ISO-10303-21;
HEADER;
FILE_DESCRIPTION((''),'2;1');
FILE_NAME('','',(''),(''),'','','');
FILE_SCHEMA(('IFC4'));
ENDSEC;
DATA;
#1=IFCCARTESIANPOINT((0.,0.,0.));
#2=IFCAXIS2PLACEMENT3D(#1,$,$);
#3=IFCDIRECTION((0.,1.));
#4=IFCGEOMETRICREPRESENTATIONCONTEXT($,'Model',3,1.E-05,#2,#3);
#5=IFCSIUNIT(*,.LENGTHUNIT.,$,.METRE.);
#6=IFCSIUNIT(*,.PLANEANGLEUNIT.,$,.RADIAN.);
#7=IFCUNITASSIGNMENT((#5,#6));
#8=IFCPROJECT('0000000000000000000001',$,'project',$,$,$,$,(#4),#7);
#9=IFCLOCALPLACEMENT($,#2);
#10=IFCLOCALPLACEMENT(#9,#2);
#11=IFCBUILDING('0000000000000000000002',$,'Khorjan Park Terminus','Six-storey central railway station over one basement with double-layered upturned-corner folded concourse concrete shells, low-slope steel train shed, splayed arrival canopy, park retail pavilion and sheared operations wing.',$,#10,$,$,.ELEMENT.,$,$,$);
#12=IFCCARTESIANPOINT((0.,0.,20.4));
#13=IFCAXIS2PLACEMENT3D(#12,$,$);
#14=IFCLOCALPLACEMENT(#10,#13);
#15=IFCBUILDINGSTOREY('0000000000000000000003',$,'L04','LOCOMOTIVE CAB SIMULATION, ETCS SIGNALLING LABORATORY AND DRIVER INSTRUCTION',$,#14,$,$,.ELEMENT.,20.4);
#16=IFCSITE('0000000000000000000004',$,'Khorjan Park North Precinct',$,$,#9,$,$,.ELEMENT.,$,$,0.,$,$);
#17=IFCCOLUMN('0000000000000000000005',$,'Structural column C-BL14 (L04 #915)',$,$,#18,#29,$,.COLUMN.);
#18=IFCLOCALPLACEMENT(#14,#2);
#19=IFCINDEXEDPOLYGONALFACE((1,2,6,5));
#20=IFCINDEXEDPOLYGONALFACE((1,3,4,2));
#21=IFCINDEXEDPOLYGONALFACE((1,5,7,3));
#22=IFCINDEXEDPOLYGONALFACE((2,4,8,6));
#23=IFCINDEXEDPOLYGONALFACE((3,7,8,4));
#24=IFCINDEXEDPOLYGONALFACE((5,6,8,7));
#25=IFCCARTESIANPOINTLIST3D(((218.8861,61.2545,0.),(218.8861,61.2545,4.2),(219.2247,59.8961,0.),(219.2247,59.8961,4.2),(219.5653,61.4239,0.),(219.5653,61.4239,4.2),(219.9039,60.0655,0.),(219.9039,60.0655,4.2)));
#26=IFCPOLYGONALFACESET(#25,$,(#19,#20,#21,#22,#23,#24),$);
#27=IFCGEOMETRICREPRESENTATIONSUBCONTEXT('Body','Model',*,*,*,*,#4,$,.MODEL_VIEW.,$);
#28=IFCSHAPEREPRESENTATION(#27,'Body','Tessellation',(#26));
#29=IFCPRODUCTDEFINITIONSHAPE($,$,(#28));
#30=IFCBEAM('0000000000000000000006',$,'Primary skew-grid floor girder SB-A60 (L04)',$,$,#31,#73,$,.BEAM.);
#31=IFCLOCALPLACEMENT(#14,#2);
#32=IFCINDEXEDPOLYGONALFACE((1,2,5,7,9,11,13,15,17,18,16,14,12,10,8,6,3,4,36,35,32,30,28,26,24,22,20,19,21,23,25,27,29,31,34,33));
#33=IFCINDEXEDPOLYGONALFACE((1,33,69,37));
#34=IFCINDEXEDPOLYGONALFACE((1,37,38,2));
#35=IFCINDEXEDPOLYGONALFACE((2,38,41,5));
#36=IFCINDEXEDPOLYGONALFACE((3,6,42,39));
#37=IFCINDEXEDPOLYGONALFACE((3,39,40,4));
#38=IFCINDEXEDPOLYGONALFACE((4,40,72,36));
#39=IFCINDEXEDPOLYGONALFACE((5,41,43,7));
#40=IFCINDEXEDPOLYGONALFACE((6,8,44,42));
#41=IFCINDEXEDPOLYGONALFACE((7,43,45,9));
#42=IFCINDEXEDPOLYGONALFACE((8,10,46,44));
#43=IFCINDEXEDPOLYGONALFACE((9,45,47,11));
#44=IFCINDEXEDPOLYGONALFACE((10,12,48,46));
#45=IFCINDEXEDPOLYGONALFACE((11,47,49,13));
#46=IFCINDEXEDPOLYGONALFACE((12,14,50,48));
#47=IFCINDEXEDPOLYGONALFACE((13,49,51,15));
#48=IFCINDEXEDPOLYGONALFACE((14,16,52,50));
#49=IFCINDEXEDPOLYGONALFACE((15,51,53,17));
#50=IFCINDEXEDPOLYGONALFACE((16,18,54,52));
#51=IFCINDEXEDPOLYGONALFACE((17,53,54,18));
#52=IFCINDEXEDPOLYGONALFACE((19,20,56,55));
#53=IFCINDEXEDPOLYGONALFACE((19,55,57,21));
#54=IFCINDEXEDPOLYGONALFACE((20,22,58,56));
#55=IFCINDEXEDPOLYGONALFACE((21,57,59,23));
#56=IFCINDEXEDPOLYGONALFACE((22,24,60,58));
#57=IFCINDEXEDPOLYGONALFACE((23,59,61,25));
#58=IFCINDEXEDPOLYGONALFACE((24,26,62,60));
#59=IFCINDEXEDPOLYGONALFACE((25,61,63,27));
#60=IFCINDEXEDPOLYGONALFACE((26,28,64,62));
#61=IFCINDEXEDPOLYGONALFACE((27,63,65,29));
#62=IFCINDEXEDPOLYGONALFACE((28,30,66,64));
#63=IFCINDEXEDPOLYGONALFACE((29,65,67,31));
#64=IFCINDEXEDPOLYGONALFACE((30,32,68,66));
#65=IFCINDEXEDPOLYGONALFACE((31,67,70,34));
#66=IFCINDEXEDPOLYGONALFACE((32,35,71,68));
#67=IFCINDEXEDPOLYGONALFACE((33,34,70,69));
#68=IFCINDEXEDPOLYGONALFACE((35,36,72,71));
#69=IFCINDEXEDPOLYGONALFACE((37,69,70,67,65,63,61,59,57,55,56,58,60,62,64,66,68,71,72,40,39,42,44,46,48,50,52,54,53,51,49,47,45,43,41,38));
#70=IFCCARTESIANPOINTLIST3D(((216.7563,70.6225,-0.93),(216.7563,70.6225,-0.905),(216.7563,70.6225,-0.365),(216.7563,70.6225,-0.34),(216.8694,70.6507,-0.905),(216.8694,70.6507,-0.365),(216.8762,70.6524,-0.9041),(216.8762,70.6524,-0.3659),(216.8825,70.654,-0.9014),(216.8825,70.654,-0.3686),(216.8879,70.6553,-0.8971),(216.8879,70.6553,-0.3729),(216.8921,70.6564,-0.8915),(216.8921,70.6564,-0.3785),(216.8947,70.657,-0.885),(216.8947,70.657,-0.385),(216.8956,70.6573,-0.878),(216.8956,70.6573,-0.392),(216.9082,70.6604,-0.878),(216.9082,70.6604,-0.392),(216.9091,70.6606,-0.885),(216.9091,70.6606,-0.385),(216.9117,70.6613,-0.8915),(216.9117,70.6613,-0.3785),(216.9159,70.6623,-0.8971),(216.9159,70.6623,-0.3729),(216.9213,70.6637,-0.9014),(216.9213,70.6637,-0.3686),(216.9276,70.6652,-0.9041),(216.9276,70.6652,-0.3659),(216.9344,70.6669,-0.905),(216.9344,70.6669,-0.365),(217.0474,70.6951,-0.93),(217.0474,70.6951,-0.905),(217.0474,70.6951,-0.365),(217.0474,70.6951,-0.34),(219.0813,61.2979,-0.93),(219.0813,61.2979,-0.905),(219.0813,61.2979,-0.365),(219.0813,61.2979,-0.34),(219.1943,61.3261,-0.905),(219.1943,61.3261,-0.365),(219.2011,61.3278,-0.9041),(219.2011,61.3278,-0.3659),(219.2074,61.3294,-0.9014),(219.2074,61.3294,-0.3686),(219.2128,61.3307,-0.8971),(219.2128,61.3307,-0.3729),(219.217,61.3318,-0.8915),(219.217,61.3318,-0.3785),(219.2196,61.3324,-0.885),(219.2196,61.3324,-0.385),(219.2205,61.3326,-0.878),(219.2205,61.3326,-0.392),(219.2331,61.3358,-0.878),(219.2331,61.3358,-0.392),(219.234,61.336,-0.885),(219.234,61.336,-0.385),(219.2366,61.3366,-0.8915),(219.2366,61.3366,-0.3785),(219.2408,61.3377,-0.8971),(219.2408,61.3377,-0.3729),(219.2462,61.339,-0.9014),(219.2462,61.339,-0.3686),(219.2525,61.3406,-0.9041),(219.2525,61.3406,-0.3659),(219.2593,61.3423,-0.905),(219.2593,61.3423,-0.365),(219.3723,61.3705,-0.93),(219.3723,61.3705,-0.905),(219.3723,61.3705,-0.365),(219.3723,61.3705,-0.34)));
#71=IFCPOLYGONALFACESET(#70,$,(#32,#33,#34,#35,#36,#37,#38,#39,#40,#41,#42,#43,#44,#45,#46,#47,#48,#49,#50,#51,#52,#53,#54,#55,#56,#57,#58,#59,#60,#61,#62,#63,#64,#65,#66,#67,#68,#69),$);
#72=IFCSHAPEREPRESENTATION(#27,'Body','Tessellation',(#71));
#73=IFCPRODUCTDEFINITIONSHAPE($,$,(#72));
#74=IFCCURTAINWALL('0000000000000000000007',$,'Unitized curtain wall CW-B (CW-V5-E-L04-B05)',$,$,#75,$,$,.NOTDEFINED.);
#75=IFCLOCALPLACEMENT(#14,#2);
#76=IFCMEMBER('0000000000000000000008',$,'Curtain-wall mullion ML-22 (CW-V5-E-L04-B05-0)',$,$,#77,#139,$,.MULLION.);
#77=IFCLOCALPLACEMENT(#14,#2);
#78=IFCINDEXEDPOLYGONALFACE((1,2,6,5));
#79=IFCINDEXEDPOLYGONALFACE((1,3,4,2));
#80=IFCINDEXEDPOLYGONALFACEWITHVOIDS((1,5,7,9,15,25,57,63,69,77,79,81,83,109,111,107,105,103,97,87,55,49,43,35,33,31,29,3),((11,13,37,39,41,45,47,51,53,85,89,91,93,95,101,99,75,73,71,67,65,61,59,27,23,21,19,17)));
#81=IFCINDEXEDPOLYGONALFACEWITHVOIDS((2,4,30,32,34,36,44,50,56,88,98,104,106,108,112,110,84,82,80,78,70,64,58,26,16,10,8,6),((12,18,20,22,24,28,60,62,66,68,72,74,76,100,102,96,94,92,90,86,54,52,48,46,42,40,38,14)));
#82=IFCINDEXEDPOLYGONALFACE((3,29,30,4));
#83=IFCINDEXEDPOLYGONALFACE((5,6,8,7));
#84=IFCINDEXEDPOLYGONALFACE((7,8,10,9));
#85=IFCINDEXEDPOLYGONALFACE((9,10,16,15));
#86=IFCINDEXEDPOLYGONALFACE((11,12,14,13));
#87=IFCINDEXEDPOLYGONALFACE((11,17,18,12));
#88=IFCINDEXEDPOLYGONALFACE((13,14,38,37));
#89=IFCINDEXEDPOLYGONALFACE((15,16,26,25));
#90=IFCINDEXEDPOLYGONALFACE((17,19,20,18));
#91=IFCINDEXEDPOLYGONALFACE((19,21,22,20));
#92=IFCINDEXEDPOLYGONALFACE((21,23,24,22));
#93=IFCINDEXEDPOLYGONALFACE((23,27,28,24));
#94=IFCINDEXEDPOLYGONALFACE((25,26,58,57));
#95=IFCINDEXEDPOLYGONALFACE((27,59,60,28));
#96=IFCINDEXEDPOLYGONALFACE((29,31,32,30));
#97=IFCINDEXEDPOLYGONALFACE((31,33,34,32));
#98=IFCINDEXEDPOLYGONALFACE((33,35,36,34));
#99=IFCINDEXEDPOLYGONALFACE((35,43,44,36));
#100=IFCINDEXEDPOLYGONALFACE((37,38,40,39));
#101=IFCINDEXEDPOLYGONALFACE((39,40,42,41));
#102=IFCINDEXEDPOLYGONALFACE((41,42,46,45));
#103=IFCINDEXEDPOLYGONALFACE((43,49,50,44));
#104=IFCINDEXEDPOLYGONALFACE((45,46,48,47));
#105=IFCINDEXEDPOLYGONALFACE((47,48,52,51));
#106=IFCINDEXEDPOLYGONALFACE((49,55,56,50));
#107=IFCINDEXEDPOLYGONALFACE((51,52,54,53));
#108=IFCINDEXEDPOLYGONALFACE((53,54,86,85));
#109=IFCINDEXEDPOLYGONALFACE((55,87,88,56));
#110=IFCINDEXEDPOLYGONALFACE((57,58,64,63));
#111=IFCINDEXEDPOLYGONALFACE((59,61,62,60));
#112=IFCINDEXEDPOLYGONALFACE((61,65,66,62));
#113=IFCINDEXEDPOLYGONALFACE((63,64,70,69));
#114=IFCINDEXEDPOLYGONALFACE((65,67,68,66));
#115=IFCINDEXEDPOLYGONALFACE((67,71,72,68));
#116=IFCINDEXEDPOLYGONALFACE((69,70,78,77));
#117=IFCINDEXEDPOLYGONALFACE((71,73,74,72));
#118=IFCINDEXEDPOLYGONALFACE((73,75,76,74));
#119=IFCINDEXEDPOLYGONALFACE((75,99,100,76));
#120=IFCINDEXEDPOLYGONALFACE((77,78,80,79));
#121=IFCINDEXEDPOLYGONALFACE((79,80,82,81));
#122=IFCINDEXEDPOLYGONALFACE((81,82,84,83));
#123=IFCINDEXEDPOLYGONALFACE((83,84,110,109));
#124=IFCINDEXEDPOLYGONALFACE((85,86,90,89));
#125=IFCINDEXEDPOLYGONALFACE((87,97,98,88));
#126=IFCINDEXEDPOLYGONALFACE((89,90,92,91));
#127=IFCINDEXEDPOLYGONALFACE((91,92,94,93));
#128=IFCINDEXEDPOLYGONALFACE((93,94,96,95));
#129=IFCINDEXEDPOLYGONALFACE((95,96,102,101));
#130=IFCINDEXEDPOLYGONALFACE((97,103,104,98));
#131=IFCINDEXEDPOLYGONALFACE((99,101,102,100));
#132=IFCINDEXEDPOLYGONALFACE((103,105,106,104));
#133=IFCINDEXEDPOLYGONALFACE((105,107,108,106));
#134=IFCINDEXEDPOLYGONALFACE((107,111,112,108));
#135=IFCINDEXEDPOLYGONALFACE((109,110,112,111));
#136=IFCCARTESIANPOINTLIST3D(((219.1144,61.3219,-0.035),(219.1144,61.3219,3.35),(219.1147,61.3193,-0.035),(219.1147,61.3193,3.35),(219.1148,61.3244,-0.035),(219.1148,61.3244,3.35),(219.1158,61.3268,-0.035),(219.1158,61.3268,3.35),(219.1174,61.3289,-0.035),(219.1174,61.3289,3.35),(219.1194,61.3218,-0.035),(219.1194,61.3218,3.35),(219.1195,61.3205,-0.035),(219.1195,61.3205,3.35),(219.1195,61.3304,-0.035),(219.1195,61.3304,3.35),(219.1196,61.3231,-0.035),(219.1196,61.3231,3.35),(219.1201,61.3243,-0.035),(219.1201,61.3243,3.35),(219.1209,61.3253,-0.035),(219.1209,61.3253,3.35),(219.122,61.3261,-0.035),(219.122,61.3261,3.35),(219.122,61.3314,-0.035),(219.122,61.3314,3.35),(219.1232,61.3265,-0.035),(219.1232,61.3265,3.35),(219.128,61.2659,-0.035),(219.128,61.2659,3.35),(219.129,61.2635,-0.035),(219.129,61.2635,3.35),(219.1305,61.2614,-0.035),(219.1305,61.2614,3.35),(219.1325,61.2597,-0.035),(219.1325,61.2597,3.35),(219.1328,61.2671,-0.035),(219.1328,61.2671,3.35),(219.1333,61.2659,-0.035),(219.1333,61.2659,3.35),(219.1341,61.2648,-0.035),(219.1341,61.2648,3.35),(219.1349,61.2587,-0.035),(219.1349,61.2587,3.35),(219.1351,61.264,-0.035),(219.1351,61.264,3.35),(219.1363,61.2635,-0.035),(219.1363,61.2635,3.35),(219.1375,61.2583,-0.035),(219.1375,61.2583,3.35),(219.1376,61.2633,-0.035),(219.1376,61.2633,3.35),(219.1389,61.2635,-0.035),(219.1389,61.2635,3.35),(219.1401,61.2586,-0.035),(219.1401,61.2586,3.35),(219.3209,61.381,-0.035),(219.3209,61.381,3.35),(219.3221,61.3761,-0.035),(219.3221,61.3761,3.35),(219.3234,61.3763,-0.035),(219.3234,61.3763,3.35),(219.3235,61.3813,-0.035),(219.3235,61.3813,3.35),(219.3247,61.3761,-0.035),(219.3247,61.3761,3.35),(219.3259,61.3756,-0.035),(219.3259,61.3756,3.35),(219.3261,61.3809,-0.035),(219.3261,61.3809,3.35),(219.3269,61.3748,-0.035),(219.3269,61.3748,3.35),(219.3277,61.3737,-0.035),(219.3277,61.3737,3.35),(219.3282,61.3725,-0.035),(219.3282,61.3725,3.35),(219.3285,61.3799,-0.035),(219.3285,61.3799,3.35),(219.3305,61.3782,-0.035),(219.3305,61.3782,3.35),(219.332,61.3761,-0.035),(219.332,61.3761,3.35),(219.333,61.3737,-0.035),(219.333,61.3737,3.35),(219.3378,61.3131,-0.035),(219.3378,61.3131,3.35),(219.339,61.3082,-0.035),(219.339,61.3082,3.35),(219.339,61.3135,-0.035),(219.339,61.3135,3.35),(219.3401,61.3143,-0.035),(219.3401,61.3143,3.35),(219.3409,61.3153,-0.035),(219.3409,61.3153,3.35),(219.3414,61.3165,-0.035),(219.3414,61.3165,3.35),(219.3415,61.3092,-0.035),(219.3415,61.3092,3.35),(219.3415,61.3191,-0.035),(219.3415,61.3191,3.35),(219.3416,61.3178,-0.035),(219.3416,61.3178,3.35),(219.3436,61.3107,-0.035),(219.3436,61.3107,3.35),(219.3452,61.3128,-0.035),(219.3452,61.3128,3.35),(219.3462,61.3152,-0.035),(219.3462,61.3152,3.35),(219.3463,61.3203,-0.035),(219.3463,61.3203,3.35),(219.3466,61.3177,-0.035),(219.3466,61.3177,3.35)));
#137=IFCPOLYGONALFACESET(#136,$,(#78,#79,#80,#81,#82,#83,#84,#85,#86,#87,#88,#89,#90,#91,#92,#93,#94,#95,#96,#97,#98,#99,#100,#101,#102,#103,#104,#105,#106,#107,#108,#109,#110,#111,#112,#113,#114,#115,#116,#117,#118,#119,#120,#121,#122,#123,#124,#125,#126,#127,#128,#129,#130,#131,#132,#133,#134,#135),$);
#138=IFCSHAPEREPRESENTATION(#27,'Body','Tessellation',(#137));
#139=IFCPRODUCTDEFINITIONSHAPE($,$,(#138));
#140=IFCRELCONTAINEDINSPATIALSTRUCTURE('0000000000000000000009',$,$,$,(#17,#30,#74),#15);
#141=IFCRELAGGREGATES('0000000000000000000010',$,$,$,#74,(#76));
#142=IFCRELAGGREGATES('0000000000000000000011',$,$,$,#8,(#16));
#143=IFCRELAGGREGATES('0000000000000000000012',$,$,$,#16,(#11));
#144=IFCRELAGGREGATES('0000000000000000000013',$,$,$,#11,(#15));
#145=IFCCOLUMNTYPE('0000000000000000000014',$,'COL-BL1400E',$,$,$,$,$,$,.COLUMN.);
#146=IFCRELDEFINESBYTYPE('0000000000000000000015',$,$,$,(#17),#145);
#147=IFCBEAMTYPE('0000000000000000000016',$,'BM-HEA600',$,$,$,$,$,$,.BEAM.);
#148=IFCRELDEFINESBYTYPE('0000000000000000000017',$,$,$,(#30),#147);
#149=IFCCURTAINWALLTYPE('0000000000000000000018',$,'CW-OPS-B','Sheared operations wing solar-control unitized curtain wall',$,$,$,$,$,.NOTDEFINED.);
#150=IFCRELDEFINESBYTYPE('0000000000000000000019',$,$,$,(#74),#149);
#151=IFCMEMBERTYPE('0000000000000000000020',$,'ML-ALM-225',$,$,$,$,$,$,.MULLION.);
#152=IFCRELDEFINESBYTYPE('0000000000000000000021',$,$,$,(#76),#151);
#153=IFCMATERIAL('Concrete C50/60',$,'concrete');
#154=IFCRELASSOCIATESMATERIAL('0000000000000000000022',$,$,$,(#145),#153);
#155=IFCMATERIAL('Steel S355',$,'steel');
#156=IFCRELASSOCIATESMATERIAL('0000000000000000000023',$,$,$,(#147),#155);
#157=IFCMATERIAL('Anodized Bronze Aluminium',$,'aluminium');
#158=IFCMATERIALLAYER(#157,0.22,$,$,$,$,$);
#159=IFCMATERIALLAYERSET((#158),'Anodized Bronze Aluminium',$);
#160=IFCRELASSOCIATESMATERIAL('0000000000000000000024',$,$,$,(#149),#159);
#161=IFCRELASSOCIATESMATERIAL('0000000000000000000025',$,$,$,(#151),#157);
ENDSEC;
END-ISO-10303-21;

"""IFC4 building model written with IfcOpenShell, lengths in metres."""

from ifc_helpers import new_model, si_unit, direction, frame, origin, origin_2d, place, context, subcontext, project, spatial, rectangle, hollow_rectangle, i_section, extrude, material, layer, layer_set, material_profile, profile_set, type_object, element, aggregate, save


model = new_model("IFC4")

# Units and contexts
model_context = context("Model", 3, precision=1e-05, world=origin(), true_north=direction((0.0, 1.0)))
body_context = subcontext(model_context, "Body", "Model", "MODEL_VIEW")
ifc_project = project(units=[si_unit("LENGTHUNIT", "METRE"), si_unit("PLANEANGLEUNIT", "RADIAN")], contexts=[model_context])

# Site, building, storey
site_placement = place(None, origin())
site = spatial("IfcSite", under=ifc_project, at=site_placement, Name="Khorjan Park North Precinct", CompositionType="ELEMENT", RefElevation=0.0)
building_placement = place(site_placement, origin())
building = spatial("IfcBuilding", under=site, at=building_placement, Name="Khorjan Park Terminus", Description="Six-storey central railway station over one basement with double-layered upturned-corner folded concourse concrete shells, low-slope steel train shed, splayed arrival canopy, park retail pavilion and sheared operations wing.", CompositionType="ELEMENT")
storey_placement = place(building_placement, frame((0.0, 0.0, 20.4)))
storey = spatial("IfcBuildingStorey", under=building, at=storey_placement, Name="L04", Description="LOCOMOTIVE CAB SIMULATION, ETCS SIGNALLING LABORATORY AND DRIVER INSTRUCTION", CompositionType="ELEMENT", Elevation=20.4)

# Column
ifc_material_1 = material(Name="Concrete C50/60", Category="concrete")
ifc_material_profile_1 = material_profile(ifc_material_1, rectangle(XDim=0.7, YDim=1.4, at=origin_2d()), Name="RC 700x1400")
ifc_profile_set_1 = profile_set([ifc_material_profile_1], Name="Concrete C50/60")
column_type = type_object("IfcColumnType", Name="COL-BL1400E", PredefinedType="COLUMN", material=ifc_profile_set_1)
column_placement = place(storey_placement, frame((219.395, 60.66, 0.0), z_axis=(0.0, 0.0, 1.0), x_axis=(0.970296, 0.241922, 0.0)))
element("IfcColumn", 1, at=column_placement, inside=storey, type_object=column_type, Name="Structural column C-BL14 (L04 #915)", PredefinedType="COLUMN", context=body_context, shape_type="SweptSolid", body=[
    extrude(rectangle(XDim=0.7, YDim=1.4, at=origin_2d()), origin(), (0.0, 0.0, 1.0), 4.2),
])

# Beam
ifc_material_2 = material(Name="Steel S355", Category="steel")
ifc_material_profile_2 = material_profile(ifc_material_2, i_section(OverallWidth=0.3, OverallDepth=0.59, WebThickness=0.013, FlangeThickness=0.025, FilletRadius=0.027, at=origin_2d()), Name="HEA 600")
ifc_profile_set_2 = profile_set([ifc_material_profile_2], Name="Steel S355")
beam_type = type_object("IfcBeamType", Name="BM-HEA600", PredefinedType="BEAM", material=ifc_profile_set_2)
beam_placement = place(storey_placement, frame((219.2268, 61.3342, -0.635), z_axis=(-0.241923, 0.970295, 0.0), x_axis=(-0.970295, -0.241923, 0.0)))
element("IfcBeam", 2, at=beam_placement, inside=storey, type_object=beam_type, Name="Primary skew-grid floor girder SB-A60 (L04)", PredefinedType="BEAM", context=body_context, shape_type="SweptSolid", body=[
    extrude(i_section(OverallWidth=0.3, OverallDepth=0.59, WebThickness=0.013, FlangeThickness=0.025, FilletRadius=0.027, at=origin_2d()), origin(), (0.0, 0.0, 1.0), 9.6101),
])

# Curtain wall, member
ifc_material_3 = material(Name="Anodized Bronze Aluminium", Category="aluminium")
ifc_layer_1 = layer(ifc_material_3, 0.22)
ifc_layer_set_1 = layer_set([ifc_layer_1], Name="Anodized Bronze Aluminium")
curtain_wall_type = type_object("IfcCurtainWallType", Name="CW-OPS-B", Description="Sheared operations wing solar-control unitized curtain wall", PredefinedType="NOTDEFINED", material=ifc_layer_set_1)
curtain_wall_placement = place(storey_placement, origin())
curtain_wall = element("IfcCurtainWall", 3, at=curtain_wall_placement, inside=storey, type_object=curtain_wall_type, Name="Unitized curtain wall CW-B (CW-V5-E-L04-B05)", PredefinedType="NOTDEFINED")
ifc_material_profile_3 = material_profile(ifc_material_3, hollow_rectangle(XDim=0.075, YDim=0.225, WallThickness=0.005, InnerFilletRadius=0.005, OuterFilletRadius=0.01, at=origin_2d()), Name="ALM 75x225x5")
ifc_profile_set_3 = profile_set([ifc_material_profile_3], Name="Anodized Bronze Aluminium")
member_type_1 = type_object("IfcMemberType", Name="ML-ALM-225", PredefinedType="MULLION", material=ifc_profile_set_3)
member_1_placement = place(storey_placement, frame((219.2305, 61.3198, -0.035), z_axis=(0.0, 0.0, 1.0), x_axis=(-0.241935, 0.970292, 0.0)))
member_1 = element("IfcMember", 4, at=member_1_placement, type_object=member_type_1, Name="Curtain-wall mullion ML-22 (CW-V5-E-L04-B05-0)", PredefinedType="MULLION", context=body_context, shape_type="SweptSolid", body=[
    extrude(hollow_rectangle(XDim=0.075, YDim=0.225, WallThickness=0.005, InnerFilletRadius=0.005, OuterFilletRadius=0.01, at=origin_2d()), origin(), (0.0, 0.0, 1.0), 3.385),
])
aggregate(curtain_wall, [member_1])

save(model, "model.ifc")
